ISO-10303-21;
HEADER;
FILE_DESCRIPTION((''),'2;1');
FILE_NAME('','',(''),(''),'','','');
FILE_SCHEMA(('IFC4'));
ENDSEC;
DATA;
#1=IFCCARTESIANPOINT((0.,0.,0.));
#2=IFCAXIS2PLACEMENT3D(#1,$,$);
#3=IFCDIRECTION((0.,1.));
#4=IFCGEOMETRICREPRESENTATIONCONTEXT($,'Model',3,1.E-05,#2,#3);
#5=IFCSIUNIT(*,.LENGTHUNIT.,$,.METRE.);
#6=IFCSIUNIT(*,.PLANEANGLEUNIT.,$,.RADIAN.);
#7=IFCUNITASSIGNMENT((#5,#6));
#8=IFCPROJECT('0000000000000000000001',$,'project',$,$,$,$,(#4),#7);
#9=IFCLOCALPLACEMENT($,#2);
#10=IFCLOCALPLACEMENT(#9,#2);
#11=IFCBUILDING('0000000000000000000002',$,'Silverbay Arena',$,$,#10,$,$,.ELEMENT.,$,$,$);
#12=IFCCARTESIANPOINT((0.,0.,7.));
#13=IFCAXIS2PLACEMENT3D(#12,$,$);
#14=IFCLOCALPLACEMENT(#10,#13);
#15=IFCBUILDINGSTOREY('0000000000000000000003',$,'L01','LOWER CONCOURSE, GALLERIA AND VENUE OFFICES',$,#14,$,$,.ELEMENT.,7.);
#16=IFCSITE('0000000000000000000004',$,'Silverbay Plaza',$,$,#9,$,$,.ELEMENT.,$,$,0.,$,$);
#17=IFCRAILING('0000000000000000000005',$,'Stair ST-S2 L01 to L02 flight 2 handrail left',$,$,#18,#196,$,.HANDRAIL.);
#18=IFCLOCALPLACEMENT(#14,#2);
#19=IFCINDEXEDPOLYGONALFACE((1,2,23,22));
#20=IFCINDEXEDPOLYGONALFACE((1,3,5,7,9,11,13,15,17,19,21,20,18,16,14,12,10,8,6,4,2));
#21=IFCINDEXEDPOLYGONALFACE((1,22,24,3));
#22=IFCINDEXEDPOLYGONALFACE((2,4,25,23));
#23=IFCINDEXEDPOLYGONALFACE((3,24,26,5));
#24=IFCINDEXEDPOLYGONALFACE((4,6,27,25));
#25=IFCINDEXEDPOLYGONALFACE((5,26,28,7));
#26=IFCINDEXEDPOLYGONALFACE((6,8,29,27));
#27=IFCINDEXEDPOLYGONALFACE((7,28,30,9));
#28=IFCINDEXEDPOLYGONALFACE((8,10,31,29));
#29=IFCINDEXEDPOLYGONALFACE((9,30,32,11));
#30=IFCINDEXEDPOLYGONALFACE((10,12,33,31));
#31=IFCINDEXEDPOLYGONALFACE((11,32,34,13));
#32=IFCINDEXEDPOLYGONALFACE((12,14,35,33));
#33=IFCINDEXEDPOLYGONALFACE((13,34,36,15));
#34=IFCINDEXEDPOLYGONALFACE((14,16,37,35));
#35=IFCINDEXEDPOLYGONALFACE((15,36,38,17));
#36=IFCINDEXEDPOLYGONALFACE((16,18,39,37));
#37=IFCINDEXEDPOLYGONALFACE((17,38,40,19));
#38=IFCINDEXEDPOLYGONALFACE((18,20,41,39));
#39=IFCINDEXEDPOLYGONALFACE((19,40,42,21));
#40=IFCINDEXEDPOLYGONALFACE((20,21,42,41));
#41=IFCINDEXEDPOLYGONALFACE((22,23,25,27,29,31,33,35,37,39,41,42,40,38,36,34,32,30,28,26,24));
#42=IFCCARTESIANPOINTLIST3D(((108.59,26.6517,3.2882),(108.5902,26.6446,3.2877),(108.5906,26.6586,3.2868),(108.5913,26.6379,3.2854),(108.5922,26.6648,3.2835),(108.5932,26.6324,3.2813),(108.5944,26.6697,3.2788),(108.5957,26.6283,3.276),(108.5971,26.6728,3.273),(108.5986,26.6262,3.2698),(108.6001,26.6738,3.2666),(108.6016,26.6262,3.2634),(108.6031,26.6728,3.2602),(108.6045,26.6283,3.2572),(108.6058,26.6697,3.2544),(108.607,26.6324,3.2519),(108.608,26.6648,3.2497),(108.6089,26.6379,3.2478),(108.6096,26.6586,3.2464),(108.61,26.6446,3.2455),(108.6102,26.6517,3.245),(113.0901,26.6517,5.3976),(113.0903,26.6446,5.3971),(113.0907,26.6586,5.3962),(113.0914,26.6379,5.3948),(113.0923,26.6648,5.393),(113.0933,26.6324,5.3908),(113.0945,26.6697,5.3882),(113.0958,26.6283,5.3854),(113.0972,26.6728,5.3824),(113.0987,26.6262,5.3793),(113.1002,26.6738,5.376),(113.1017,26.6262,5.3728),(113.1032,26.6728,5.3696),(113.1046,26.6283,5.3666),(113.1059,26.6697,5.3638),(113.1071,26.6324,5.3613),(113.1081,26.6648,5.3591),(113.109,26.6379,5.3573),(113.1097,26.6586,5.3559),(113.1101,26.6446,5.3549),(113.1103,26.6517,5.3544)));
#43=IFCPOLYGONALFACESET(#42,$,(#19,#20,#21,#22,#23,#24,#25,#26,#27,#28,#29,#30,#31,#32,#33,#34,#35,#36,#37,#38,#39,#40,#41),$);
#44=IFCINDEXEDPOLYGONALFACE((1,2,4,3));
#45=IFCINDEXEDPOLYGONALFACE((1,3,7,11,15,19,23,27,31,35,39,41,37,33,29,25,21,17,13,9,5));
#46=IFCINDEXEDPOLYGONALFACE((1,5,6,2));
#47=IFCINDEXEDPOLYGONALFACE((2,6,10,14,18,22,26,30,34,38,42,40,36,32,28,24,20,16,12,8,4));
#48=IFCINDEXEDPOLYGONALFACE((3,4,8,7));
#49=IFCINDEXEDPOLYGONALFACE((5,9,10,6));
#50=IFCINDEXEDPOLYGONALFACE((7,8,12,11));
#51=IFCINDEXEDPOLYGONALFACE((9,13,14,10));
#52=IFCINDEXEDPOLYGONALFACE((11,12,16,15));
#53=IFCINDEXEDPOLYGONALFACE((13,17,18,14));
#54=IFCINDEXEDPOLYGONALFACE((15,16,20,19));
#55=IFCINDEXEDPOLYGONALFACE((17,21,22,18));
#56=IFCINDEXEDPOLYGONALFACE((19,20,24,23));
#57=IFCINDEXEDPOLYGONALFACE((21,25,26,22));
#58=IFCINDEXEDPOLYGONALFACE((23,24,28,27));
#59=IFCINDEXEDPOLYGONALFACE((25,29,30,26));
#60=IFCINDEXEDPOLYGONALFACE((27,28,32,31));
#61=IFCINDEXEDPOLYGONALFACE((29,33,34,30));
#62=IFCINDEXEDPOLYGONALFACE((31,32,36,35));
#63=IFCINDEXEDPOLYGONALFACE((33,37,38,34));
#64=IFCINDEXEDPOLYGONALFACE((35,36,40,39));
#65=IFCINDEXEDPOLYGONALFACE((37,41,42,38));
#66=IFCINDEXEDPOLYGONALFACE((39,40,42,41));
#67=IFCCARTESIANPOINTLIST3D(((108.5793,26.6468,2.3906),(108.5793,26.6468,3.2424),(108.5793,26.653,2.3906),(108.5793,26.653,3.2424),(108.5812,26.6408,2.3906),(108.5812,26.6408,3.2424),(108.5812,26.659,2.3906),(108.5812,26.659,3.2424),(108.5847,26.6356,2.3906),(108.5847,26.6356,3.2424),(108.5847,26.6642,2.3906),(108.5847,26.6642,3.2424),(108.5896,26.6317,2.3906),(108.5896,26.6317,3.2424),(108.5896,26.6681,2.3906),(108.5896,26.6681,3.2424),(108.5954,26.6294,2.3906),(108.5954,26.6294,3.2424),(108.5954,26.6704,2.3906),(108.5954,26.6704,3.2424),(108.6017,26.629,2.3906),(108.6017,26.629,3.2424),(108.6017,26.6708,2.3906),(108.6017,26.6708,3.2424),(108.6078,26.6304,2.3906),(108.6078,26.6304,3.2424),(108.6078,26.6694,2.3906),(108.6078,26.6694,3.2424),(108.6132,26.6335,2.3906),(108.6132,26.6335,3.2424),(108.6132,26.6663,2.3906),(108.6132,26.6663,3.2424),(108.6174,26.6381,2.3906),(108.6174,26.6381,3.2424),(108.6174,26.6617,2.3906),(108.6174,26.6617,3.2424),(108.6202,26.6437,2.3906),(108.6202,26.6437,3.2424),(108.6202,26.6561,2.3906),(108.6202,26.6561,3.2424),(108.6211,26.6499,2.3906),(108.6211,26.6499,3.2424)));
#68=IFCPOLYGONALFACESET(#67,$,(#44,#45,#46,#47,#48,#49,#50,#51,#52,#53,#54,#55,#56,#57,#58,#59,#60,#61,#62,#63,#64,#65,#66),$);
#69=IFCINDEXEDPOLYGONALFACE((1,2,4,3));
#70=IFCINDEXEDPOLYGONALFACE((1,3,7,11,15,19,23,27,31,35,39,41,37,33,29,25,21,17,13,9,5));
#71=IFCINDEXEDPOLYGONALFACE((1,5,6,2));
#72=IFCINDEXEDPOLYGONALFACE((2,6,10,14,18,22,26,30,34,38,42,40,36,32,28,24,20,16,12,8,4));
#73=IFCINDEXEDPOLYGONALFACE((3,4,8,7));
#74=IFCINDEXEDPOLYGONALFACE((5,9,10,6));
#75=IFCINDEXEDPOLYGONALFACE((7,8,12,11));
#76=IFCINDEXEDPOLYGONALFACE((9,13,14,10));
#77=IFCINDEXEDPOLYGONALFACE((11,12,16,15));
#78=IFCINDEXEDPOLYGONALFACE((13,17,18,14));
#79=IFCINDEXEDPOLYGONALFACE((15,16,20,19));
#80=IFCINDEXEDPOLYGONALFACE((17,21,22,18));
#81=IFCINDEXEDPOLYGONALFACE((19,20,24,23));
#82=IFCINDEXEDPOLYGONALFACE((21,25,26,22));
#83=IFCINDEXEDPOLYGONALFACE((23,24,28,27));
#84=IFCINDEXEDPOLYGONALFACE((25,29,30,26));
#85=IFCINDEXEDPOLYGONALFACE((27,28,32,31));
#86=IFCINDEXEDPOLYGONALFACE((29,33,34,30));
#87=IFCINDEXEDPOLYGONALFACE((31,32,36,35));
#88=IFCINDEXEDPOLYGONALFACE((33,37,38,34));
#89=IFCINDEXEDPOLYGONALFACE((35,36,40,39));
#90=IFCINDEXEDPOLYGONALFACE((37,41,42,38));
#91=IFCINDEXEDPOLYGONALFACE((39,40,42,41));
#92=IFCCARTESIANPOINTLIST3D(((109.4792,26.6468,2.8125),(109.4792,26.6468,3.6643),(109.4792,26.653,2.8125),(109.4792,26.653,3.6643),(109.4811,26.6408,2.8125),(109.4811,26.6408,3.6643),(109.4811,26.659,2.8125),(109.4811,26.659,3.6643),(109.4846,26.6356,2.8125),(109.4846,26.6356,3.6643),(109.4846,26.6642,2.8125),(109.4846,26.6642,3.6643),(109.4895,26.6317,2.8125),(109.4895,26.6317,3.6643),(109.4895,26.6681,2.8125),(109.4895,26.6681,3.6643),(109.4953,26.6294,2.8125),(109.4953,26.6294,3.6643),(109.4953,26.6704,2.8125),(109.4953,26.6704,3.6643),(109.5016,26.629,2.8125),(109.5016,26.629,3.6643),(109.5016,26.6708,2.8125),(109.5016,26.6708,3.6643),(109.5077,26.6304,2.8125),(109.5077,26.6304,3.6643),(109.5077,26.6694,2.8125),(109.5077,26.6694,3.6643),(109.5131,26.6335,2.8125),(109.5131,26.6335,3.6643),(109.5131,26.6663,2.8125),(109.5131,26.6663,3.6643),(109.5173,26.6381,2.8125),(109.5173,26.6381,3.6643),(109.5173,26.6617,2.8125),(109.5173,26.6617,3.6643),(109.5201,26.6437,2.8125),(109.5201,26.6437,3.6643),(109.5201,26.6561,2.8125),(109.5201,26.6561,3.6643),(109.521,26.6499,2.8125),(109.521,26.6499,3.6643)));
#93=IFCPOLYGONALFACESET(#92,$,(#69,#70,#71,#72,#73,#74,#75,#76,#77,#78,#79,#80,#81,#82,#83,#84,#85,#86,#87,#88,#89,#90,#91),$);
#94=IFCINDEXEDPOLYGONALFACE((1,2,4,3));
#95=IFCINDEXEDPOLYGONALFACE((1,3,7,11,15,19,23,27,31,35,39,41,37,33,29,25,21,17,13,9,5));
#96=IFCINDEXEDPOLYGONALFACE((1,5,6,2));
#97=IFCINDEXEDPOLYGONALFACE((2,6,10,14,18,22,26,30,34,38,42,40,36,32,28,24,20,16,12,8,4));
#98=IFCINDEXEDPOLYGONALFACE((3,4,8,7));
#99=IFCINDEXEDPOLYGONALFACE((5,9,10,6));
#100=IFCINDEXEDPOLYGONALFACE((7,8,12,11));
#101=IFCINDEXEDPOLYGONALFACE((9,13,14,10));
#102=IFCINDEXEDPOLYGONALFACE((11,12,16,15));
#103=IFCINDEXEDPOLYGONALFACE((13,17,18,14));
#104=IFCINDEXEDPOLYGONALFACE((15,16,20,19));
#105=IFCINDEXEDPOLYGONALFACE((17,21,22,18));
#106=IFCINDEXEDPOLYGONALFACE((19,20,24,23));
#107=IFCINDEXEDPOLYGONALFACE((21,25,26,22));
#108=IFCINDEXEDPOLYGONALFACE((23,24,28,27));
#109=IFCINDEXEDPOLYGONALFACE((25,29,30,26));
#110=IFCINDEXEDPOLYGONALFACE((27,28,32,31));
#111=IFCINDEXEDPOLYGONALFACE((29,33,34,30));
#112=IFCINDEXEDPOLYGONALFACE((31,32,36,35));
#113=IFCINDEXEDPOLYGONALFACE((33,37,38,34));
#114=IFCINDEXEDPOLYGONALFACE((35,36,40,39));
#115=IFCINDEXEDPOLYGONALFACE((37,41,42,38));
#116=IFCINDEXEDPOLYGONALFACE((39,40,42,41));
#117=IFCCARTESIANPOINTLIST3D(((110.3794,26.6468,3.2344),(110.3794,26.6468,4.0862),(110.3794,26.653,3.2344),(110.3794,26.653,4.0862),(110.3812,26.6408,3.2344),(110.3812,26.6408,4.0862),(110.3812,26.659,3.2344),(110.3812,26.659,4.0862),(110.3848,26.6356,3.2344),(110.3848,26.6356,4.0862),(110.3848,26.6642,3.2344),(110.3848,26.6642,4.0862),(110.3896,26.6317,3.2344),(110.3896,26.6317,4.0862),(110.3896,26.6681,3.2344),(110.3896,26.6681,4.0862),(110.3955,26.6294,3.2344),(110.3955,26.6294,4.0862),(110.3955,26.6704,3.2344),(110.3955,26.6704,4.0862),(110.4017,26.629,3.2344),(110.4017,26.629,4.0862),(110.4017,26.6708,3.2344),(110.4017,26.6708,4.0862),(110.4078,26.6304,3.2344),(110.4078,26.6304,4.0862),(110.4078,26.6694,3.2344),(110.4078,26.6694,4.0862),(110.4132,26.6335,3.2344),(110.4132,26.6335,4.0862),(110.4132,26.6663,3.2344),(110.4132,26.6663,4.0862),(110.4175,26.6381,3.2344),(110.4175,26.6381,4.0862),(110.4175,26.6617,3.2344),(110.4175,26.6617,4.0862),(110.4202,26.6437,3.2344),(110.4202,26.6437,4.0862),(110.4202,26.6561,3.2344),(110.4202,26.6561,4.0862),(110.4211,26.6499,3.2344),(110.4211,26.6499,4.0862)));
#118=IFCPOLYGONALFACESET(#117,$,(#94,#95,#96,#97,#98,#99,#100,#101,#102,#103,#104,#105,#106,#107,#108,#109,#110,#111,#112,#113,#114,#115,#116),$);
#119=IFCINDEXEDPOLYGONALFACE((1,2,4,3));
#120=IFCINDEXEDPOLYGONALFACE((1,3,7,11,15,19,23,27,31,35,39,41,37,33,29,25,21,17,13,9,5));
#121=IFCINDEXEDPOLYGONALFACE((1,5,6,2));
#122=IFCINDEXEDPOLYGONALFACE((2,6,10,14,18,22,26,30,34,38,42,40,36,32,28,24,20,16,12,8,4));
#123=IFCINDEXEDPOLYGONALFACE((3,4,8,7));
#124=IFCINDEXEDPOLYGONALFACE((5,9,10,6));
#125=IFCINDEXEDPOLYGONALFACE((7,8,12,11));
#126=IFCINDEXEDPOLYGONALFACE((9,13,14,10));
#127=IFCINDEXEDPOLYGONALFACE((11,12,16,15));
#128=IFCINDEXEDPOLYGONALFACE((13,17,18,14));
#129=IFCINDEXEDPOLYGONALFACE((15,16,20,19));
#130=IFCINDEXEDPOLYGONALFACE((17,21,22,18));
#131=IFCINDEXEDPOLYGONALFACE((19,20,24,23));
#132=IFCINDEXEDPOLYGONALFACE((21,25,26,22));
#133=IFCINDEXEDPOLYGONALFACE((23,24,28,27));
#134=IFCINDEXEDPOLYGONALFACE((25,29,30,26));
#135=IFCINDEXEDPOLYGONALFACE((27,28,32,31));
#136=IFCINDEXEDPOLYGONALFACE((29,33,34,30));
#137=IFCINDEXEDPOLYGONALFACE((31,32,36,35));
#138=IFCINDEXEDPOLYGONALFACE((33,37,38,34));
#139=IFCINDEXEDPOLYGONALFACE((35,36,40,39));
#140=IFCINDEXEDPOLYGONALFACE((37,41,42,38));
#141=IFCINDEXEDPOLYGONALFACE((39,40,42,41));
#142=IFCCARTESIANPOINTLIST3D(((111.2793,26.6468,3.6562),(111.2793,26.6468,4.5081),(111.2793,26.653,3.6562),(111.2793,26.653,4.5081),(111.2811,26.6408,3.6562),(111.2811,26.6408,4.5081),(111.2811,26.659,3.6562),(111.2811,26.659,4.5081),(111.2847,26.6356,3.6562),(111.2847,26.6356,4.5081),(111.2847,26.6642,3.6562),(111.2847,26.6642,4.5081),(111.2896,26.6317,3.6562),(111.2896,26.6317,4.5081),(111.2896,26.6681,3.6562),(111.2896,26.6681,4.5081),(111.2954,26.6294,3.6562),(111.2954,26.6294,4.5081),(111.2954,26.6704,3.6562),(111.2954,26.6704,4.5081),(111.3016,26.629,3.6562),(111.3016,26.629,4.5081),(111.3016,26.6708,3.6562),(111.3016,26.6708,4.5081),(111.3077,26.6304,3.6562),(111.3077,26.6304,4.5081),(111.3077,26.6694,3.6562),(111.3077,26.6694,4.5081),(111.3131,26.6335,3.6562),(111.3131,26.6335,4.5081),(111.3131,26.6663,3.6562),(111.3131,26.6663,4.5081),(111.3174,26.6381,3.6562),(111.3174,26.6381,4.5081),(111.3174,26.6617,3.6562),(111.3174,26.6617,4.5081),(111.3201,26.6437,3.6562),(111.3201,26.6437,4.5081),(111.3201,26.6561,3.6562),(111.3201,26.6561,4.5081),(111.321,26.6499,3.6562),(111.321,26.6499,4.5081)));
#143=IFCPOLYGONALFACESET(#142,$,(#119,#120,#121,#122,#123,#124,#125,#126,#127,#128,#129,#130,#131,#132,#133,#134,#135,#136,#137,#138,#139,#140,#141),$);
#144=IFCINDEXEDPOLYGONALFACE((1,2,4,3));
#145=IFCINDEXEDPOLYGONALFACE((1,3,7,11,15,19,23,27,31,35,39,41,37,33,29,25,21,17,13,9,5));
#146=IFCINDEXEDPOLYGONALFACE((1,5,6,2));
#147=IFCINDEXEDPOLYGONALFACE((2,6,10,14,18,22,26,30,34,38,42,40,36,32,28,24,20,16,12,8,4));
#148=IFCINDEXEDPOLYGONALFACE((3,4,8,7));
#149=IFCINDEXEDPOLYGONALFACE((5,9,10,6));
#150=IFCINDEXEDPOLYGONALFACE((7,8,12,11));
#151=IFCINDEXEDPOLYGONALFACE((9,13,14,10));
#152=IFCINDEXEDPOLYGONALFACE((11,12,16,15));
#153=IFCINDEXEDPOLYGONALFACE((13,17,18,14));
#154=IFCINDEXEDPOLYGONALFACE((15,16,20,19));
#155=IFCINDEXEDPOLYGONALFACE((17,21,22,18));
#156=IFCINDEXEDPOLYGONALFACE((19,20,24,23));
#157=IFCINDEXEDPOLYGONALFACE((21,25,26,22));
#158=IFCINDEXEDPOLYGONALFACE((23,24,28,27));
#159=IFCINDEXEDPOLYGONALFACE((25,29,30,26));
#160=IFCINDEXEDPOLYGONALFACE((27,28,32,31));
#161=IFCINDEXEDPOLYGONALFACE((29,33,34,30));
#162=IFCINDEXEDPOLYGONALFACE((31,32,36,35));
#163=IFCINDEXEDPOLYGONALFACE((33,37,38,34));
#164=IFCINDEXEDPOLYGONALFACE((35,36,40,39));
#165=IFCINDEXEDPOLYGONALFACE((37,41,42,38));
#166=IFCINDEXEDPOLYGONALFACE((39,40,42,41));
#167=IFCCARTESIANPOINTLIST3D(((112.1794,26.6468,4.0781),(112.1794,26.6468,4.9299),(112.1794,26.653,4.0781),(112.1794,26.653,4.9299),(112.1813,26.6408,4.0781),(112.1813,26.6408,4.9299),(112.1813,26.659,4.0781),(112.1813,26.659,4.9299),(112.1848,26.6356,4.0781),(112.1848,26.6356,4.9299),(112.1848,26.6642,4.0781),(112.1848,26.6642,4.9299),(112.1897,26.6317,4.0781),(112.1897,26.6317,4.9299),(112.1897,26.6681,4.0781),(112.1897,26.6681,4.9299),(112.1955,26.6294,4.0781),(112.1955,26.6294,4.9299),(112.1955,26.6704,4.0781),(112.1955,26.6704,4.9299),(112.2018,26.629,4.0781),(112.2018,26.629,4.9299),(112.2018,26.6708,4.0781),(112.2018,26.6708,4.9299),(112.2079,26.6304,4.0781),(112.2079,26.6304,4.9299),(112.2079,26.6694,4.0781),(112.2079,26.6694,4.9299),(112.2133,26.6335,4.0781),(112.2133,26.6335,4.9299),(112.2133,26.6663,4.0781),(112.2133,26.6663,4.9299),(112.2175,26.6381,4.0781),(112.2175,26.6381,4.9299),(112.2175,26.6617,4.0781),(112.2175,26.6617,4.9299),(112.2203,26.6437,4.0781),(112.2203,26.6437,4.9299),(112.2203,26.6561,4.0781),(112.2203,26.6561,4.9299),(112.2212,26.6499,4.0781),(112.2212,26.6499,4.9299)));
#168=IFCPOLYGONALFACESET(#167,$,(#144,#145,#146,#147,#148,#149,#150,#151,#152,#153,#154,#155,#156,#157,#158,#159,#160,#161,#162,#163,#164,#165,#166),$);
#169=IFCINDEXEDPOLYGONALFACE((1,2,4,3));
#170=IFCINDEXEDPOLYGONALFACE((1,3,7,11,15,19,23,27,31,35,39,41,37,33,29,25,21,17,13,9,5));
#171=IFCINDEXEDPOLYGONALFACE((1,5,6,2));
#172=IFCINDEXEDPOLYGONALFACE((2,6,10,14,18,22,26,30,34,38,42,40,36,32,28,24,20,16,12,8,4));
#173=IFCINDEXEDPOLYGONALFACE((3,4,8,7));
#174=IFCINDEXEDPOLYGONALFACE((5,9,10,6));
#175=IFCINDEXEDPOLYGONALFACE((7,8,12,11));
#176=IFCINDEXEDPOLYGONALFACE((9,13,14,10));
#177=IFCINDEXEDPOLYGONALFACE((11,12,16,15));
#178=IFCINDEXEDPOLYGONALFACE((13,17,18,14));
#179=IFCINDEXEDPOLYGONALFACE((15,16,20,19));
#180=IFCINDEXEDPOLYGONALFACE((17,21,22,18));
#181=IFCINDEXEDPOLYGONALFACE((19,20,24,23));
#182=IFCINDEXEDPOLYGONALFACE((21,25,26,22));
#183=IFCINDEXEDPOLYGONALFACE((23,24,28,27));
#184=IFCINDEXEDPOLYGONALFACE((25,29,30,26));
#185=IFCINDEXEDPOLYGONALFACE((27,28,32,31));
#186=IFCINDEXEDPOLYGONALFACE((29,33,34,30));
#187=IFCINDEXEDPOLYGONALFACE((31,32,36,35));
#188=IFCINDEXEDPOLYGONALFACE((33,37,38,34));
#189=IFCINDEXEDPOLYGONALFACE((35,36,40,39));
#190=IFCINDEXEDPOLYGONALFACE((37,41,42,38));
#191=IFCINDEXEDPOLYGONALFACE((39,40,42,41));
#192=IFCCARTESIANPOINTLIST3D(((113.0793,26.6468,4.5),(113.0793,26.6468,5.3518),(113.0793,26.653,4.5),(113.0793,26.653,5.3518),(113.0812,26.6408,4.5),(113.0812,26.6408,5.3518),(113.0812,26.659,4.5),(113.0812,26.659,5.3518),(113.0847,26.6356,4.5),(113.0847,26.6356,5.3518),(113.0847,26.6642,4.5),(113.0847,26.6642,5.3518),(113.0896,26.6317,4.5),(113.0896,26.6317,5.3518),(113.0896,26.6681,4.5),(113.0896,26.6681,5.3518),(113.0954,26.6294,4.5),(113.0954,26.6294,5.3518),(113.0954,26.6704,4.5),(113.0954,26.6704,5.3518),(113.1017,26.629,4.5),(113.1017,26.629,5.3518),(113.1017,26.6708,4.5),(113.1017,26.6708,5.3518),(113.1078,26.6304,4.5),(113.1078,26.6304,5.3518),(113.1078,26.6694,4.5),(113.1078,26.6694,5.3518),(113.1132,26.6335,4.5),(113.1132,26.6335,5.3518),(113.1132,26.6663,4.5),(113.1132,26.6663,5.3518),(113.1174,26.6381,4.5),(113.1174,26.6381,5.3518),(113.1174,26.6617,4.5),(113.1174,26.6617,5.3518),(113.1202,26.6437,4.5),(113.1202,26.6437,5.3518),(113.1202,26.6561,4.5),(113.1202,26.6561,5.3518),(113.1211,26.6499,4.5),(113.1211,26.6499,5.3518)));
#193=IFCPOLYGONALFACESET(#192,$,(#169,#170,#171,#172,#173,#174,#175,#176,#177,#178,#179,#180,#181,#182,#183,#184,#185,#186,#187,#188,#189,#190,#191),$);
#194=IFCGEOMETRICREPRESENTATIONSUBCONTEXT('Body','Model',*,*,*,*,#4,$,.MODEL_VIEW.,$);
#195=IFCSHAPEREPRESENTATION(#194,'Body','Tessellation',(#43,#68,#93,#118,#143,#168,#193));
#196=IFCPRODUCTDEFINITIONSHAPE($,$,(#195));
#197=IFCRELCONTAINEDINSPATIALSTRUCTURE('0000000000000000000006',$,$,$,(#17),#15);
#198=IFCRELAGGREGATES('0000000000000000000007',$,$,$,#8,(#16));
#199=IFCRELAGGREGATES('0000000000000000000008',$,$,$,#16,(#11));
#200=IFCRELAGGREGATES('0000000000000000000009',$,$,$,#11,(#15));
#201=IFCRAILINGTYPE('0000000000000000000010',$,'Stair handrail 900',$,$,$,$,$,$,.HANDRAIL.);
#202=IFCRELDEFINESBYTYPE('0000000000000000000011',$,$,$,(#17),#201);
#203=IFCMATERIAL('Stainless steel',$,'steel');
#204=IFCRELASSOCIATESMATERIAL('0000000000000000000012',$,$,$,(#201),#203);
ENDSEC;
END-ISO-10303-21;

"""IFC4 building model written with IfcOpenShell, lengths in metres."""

from ifc_helpers import new_model, si_unit, direction, frame, origin, origin_2d, place, context, subcontext, project, spatial, circle, extrude, material, type_object, element, save


model = new_model("IFC4")

# Units and contexts
model_context = context("Model", 3, precision=1e-05, world=origin(), true_north=direction((0.0, 1.0)))
body_context = subcontext(model_context, "Body", "Model", "MODEL_VIEW")
ifc_project = project(units=[si_unit("LENGTHUNIT", "METRE"), si_unit("PLANEANGLEUNIT", "RADIAN")], contexts=[model_context])

# Site, building, storey
site_placement = place(None, origin())
site = spatial("IfcSite", under=ifc_project, at=site_placement, Name="Silverbay Plaza", CompositionType="ELEMENT", RefElevation=0.0)
building_placement = place(site_placement, origin())
building = spatial("IfcBuilding", under=site, at=building_placement, Name="Silverbay Arena", CompositionType="ELEMENT")
storey_placement = place(building_placement, frame((0.0, 0.0, 7.0)))
storey = spatial("IfcBuildingStorey", under=building, at=storey_placement, Name="L01", Description="LOWER CONCOURSE, GALLERIA AND VENUE OFFICES", CompositionType="ELEMENT", Elevation=7.0)

# Railing
ifc_material_1 = material(Name="Stainless steel", Category="steel")
railing_type_1 = type_object("IfcRailingType", Name="Stair handrail 900", PredefinedType="HANDRAIL", material=ifc_material_1)
for number, where, name in (
    (1, (108.6001, 26.6499, 2.3906), "Stair ST-S2 L01 to L02 flight 2 handrail left"),
):
    element("IfcRailing", number, at=place(storey_placement, frame(where)), inside=storey, type_object=railing_type_1, Name=name, PredefinedType="HANDRAIL", context=body_context, shape_type="SweptSolid", body=[
        extrude(circle(Radius=0.0239, at=origin_2d()), frame((0.0, 0.0, 0.876), z_axis=(0.905459, 0.0, 0.424434), x_axis=(0.0, 1.0, 0.0)), (0.0, 0.0, 1.0), 4.97),
        extrude(circle(Radius=0.021, at=origin_2d()), origin(), (0.0, 0.0, 1.0), 0.8518),
        extrude(circle(Radius=0.021, at=origin_2d()), frame((0.8999, 0.0, 0.4219)), (0.0, 0.0, 1.0), 0.8518),
        extrude(circle(Radius=0.021, at=origin_2d()), frame((1.8, 0.0, 0.8438)), (0.0, 0.0, 1.0), 0.8518),
        extrude(circle(Radius=0.021, at=origin_2d()), frame((2.7, 0.0, 1.2656)), (0.0, 0.0, 1.0), 0.8518),
        extrude(circle(Radius=0.021, at=origin_2d()), frame((3.6001, 0.0, 1.6875)), (0.0, 0.0, 1.0), 0.8518),
        extrude(circle(Radius=0.021, at=origin_2d()), frame((4.5, 0.0, 2.1094)), (0.0, 0.0, 1.0), 0.8518),
    ])

save(model, "model.ifc")
